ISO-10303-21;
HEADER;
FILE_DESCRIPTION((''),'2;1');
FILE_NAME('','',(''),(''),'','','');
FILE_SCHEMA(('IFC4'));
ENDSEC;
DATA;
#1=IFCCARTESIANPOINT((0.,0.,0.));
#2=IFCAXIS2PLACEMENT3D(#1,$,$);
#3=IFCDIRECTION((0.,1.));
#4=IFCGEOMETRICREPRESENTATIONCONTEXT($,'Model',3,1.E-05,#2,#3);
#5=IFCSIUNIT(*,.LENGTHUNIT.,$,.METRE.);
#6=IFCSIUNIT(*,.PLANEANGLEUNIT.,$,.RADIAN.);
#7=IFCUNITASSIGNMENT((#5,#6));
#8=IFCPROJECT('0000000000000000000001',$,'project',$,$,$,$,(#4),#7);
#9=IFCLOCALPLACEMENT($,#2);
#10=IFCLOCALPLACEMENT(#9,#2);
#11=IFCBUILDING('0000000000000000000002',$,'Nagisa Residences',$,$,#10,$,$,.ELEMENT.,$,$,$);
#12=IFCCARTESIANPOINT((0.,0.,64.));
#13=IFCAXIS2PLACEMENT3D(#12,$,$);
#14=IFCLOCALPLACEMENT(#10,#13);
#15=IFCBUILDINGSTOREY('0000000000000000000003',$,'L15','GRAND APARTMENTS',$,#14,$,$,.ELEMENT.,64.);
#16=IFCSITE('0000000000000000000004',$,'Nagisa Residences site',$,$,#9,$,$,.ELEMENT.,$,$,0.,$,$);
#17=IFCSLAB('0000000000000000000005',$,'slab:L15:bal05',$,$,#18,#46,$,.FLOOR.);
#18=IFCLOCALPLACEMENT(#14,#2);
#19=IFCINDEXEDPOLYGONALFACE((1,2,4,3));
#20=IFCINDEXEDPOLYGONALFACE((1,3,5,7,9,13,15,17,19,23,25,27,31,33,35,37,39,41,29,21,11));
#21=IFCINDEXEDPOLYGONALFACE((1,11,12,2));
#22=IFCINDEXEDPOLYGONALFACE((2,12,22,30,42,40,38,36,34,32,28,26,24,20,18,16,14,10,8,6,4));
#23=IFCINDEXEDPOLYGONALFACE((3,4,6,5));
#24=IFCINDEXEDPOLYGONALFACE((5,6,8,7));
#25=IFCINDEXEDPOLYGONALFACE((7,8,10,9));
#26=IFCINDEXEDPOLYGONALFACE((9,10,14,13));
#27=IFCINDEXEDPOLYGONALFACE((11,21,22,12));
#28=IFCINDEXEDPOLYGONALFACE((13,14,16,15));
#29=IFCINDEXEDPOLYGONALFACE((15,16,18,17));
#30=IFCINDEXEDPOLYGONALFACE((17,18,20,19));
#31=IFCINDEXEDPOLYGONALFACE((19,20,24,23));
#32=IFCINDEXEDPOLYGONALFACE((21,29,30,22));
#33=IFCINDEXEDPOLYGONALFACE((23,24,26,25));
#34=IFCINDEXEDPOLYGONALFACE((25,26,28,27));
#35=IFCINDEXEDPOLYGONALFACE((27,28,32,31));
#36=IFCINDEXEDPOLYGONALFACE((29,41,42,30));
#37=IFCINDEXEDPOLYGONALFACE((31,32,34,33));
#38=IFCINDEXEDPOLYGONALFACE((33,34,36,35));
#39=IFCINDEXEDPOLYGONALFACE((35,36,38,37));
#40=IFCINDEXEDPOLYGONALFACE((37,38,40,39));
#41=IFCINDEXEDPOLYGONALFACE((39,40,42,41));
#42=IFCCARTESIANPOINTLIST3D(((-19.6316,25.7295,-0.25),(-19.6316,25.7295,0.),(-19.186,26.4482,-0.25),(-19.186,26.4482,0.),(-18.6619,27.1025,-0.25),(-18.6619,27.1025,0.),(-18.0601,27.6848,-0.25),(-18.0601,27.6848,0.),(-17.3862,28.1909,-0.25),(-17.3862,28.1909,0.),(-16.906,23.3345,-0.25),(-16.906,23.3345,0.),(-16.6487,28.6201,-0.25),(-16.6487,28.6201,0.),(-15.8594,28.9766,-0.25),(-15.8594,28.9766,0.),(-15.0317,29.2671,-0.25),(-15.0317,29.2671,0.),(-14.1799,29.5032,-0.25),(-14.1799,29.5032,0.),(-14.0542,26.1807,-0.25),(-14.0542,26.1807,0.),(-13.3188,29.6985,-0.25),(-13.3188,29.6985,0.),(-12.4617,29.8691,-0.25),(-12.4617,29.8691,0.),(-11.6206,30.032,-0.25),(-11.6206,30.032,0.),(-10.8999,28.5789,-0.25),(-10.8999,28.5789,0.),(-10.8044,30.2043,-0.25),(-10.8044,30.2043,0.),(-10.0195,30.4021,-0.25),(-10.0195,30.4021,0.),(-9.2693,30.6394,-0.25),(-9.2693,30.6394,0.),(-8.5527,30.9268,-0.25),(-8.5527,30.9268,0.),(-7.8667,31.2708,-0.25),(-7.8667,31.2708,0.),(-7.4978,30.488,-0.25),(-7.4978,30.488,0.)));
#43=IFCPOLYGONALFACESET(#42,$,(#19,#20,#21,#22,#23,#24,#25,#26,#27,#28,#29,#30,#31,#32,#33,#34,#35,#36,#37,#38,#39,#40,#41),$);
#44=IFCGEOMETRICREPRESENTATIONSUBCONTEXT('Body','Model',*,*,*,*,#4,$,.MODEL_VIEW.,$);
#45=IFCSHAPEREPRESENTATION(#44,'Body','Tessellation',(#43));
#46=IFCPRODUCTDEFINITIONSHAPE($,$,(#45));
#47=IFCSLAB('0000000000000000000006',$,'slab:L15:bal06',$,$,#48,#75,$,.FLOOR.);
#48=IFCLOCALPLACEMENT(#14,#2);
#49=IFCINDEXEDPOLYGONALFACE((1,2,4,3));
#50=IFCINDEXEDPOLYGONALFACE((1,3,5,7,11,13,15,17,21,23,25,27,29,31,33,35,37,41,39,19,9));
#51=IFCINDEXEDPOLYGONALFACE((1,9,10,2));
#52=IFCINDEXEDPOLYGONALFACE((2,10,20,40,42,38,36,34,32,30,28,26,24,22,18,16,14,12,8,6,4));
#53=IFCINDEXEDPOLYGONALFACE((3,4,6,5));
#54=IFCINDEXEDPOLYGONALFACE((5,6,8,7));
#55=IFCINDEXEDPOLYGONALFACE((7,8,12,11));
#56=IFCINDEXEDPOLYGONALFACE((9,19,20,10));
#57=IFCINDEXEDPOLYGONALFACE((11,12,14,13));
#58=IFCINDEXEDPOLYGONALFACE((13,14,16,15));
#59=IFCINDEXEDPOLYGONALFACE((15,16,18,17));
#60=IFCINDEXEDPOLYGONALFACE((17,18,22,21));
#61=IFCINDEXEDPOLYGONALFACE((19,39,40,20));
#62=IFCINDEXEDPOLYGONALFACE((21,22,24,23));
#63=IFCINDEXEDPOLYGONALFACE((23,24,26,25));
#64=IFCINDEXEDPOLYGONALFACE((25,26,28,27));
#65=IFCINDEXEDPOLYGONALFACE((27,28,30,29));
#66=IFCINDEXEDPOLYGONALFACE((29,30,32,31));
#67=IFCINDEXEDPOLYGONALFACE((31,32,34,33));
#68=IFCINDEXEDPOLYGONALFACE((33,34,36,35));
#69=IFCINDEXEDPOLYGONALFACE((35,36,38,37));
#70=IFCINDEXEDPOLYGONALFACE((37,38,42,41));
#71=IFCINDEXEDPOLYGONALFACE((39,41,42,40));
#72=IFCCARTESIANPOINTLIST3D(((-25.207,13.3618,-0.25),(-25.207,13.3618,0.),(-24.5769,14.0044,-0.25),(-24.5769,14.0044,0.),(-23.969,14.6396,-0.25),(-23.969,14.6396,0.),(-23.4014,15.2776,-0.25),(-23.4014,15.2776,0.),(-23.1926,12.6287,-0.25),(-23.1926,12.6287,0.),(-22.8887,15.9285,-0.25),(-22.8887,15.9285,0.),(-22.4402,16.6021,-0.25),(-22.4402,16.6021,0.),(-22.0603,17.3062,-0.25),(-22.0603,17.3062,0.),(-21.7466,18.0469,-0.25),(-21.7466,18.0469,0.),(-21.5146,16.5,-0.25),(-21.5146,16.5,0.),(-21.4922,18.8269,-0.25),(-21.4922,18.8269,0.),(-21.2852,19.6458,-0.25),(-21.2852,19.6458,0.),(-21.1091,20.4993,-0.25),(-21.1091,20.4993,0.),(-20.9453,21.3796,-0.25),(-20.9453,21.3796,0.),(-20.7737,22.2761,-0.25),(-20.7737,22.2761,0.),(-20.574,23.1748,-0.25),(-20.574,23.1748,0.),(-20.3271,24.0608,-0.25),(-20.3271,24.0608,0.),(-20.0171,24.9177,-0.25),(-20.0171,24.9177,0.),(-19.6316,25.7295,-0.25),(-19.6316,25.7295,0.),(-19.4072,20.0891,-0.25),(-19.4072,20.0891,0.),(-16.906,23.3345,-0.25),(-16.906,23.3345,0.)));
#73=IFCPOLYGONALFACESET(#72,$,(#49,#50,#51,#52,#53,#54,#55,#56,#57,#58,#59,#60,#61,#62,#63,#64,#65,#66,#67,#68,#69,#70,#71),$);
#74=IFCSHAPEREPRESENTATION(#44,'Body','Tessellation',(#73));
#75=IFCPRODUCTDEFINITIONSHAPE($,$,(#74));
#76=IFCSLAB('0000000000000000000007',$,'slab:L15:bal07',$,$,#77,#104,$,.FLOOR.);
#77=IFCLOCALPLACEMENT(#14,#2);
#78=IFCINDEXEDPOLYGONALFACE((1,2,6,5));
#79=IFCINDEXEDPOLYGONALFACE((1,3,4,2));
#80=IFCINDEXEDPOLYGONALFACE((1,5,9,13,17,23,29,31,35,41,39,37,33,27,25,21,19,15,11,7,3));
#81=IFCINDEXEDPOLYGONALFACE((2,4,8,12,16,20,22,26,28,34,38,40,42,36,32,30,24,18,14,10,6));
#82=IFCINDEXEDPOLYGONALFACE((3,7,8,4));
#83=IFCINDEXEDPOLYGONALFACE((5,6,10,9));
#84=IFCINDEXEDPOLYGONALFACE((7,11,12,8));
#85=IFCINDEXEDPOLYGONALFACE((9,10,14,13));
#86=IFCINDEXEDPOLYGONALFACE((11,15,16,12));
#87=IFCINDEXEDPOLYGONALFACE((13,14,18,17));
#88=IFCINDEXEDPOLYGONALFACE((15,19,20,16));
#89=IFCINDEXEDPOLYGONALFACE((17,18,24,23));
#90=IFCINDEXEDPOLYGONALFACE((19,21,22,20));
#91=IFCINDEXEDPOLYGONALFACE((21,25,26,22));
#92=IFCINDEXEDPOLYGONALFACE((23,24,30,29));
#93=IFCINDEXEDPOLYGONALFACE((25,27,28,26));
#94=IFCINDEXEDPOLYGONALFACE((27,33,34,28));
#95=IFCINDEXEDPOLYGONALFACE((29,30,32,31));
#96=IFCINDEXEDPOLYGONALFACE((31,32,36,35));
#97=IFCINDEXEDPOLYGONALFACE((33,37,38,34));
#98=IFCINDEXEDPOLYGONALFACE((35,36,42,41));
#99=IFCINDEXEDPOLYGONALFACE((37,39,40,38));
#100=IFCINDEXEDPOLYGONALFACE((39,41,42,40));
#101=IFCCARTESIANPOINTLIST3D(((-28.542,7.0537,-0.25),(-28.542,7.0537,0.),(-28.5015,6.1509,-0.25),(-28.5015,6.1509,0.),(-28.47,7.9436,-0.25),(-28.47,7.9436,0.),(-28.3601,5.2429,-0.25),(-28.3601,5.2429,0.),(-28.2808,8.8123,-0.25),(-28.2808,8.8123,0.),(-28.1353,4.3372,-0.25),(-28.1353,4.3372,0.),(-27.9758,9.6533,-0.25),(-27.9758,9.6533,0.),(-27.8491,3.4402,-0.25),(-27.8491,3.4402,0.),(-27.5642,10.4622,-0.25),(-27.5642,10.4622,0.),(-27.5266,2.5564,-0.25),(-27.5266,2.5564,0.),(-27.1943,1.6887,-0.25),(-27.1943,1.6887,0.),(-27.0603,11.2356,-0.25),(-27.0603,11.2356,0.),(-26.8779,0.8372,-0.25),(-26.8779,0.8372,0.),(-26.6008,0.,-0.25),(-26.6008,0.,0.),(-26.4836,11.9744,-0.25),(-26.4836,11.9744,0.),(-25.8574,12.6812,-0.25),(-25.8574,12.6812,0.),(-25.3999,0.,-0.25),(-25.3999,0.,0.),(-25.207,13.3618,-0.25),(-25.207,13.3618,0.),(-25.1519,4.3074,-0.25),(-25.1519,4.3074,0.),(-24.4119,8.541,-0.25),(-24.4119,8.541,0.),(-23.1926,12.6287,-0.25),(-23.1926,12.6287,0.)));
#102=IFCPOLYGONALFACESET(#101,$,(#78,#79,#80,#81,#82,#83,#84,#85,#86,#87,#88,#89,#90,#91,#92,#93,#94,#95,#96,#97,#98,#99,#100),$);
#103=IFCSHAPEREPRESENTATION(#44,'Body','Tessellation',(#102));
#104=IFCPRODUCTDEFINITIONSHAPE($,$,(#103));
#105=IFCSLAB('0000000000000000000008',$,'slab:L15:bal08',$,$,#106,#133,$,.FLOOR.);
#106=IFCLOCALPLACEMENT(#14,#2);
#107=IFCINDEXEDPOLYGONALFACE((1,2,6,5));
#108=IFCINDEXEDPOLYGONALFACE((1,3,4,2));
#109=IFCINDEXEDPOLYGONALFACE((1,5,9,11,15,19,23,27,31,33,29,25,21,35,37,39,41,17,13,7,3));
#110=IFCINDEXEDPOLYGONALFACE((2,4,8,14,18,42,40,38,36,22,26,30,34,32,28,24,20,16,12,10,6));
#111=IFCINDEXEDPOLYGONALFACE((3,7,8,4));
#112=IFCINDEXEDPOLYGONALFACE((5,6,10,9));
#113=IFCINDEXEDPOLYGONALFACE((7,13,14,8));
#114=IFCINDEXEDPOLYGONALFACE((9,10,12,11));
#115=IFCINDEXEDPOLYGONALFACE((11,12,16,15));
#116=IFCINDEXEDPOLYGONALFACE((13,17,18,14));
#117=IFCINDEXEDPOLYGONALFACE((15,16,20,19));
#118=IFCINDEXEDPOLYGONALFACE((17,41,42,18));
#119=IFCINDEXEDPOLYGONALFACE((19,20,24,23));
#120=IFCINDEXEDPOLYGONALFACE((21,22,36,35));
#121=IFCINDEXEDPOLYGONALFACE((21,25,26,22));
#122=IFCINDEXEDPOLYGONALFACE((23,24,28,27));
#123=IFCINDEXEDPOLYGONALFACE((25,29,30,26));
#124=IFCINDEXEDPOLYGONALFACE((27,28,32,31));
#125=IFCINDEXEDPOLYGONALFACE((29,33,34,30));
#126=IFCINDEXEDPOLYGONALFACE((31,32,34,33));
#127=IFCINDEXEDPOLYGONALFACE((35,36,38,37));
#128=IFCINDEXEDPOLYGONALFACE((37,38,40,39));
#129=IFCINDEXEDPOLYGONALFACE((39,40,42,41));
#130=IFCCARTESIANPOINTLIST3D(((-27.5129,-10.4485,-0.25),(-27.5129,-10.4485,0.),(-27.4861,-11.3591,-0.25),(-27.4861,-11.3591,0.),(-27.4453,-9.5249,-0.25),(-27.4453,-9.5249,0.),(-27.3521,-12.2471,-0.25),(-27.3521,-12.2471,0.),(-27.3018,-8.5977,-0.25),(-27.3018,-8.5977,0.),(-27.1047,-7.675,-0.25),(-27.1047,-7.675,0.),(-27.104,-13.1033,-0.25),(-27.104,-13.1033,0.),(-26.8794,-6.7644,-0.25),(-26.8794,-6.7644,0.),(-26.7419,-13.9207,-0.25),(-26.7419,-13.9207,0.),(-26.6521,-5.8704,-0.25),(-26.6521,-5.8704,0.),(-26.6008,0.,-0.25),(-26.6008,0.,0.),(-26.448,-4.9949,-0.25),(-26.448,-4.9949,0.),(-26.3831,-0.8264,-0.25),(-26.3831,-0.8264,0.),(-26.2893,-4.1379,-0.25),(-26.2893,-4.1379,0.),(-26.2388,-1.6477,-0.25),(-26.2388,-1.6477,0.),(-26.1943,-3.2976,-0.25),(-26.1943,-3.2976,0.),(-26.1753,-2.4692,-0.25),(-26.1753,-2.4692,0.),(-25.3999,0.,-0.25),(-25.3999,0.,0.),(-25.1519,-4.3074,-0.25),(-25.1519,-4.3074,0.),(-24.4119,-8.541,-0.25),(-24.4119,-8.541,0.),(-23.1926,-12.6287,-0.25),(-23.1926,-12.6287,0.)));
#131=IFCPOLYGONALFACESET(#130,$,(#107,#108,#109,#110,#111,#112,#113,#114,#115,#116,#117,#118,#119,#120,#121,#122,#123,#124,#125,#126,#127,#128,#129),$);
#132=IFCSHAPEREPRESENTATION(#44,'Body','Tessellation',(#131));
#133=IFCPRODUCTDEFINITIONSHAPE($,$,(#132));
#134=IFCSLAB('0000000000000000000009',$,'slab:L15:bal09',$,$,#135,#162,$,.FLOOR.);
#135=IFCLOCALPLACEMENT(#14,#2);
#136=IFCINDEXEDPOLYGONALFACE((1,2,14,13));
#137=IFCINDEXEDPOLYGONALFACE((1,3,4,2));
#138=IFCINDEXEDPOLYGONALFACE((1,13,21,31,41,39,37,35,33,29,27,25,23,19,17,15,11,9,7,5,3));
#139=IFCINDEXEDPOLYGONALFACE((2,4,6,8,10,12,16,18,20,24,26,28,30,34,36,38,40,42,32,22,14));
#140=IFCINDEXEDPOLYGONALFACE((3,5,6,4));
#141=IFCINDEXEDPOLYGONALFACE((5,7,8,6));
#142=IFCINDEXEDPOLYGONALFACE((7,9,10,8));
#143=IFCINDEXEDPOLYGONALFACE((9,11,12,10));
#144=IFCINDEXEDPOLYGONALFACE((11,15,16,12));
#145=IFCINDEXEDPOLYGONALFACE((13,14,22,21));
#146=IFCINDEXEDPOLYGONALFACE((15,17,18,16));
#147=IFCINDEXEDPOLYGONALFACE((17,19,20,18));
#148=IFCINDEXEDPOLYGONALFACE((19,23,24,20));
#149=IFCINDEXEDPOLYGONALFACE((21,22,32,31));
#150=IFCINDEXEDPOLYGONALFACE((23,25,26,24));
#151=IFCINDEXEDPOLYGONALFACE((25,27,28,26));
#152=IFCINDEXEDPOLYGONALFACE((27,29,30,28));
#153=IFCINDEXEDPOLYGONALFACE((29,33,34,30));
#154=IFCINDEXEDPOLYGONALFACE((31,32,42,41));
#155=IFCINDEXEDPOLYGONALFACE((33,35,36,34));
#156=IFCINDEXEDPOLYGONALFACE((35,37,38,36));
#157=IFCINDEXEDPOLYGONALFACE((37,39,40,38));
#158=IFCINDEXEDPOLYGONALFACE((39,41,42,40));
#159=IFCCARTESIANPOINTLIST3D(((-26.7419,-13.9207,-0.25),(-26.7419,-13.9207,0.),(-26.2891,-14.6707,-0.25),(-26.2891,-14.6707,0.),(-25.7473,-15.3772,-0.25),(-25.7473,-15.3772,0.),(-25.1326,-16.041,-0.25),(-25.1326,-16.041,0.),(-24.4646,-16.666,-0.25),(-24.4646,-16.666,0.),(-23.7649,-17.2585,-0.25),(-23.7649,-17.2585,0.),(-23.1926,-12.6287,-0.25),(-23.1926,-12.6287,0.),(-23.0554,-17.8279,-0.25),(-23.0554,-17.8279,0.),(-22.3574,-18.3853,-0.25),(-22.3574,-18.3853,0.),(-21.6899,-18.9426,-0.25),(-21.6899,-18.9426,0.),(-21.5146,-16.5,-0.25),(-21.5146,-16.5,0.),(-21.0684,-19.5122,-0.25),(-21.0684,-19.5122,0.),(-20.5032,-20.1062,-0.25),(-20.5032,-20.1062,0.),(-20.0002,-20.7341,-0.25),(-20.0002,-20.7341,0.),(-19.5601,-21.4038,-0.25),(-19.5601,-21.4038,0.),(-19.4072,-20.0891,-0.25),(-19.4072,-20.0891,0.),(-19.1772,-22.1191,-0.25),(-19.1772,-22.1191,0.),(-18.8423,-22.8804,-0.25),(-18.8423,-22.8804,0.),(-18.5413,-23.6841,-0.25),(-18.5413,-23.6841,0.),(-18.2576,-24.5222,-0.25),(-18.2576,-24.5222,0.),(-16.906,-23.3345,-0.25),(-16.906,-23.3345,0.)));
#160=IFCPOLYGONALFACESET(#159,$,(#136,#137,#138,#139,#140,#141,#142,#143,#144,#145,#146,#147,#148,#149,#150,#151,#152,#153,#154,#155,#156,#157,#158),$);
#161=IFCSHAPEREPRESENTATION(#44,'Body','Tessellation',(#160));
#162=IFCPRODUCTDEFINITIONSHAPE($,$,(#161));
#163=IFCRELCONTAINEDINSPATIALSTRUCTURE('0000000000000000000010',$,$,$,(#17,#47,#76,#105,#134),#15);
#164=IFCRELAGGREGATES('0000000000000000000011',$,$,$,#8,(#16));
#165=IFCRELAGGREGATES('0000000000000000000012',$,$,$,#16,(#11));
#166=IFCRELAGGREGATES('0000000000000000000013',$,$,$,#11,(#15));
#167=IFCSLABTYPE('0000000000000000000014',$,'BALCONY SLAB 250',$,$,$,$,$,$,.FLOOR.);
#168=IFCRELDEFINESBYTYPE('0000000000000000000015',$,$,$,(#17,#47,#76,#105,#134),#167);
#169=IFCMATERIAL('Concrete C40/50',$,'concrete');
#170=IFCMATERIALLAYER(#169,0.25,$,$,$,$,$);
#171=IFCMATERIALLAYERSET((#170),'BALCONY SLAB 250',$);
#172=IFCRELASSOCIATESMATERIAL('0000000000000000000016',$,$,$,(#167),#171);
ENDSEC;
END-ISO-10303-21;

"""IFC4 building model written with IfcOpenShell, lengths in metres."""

from ifc_helpers import new_model, si_unit, direction, frame, origin, place, context, subcontext, project, spatial, polyline, outline, extrude, material, layer, layer_set, type_object, element, save


model = new_model("IFC4")

# Units and contexts
model_context = context("Model", 3, precision=1e-05, world=origin(), true_north=direction((0.0, 1.0)))
body_context = subcontext(model_context, "Body", "Model", "MODEL_VIEW")
ifc_project = project(units=[si_unit("LENGTHUNIT", "METRE"), si_unit("PLANEANGLEUNIT", "RADIAN")], contexts=[model_context])

# Site, building, storey
site_placement = place(None, origin())
site = spatial("IfcSite", under=ifc_project, at=site_placement, Name="Nagisa Residences site", CompositionType="ELEMENT", RefElevation=0.0)
building_placement = place(site_placement, origin())
building = spatial("IfcBuilding", under=site, at=building_placement, Name="Nagisa Residences", CompositionType="ELEMENT")
storey_placement = place(building_placement, frame((0.0, 0.0, 64.0)))
storey = spatial("IfcBuildingStorey", under=building, at=storey_placement, Name="L15", Description="GRAND APARTMENTS", CompositionType="ELEMENT", Elevation=64.0)

# Slabs
ifc_material_1 = material(Name="Concrete C40/50", Category="concrete")
ifc_layer_1 = layer(ifc_material_1, 0.25)
ifc_layer_set_1 = layer_set([ifc_layer_1], Name="BALCONY SLAB 250")
slab_type_1 = type_object("IfcSlabType", Name="BALCONY SLAB 250", PredefinedType="FLOOR", material=ifc_layer_set_1)
slab_1_placement = place(storey_placement, frame((0.0, 0.0, -0.25)))
element("IfcSlab", 1, at=slab_1_placement, inside=storey, type_object=slab_type_1, Name="slab:L15:bal05", PredefinedType="FLOOR", context=body_context, shape_type="SweptSolid", body=[
    extrude(outline(polyline([(-7.8667, 31.2708), (-8.5527, 30.9268), (-9.2693, 30.6394), (-10.0195, 30.4021), (-10.8044, 30.2043), (-11.6206, 30.032), (-12.4617, 29.8691), (-13.3188, 29.6985), (-14.1799, 29.5032), (-15.0317, 29.2671), (-15.8594, 28.9766), (-16.6487, 28.6201), (-17.3862, 28.1909), (-18.0601, 27.6848), (-18.6619, 27.1025), (-19.186, 26.4482), (-19.6316, 25.7295), (-16.906, 23.3345), (-14.0542, 26.1807), (-10.8999, 28.5789), (-7.4978, 30.488), (-7.8667, 31.2708)])), origin(), (0.0, 0.0, 1.0), 0.25),
])
slab_2_placement = place(storey_placement, frame((0.0, 0.0, -0.25)))
element("IfcSlab", 2, at=slab_2_placement, inside=storey, type_object=slab_type_1, Name="slab:L15:bal06", PredefinedType="FLOOR", context=body_context, shape_type="SweptSolid", body=[
    extrude(outline(polyline([(-19.6316, 25.7295), (-20.0171, 24.9177), (-20.3271, 24.0608), (-20.574, 23.1748), (-20.7737, 22.2761), (-20.9453, 21.3796), (-21.1091, 20.4993), (-21.2852, 19.6458), (-21.4922, 18.8269), (-21.7466, 18.0469), (-22.0603, 17.3062), (-22.4402, 16.6021), (-22.8887, 15.9285), (-23.4014, 15.2776), (-23.969, 14.6396), (-24.5769, 14.0044), (-25.207, 13.3618), (-23.1926, 12.6287), (-21.5146, 16.5), (-19.4072, 20.0891), (-16.906, 23.3345), (-19.6316, 25.7295)])), origin(), (0.0, 0.0, 1.0), 0.25),
])
slab_3_placement = place(storey_placement, frame((0.0, 0.0, -0.25)))
element("IfcSlab", 3, at=slab_3_placement, inside=storey, type_object=slab_type_1, Name="slab:L15:bal07", PredefinedType="FLOOR", context=body_context, shape_type="SweptSolid", body=[
    extrude(outline(polyline([(-25.207, 13.3618), (-25.8574, 12.6812), (-26.4836, 11.9744), (-27.0603, 11.2356), (-27.5642, 10.4622), (-27.9758, 9.6533), (-28.2808, 8.8123), (-28.47, 7.9436), (-28.542, 7.0537), (-28.5015, 6.1509), (-28.3601, 5.2429), (-28.1353, 4.3372), (-27.8491, 3.4402), (-27.5266, 2.5564), (-27.1943, 1.6887), (-26.8779, 0.8372), (-26.6008, 0.0), (-25.3999, 0.0), (-25.1519, 4.3074), (-24.4119, 8.541), (-23.1926, 12.6287), (-25.207, 13.3618)])), origin(), (0.0, 0.0, 1.0), 0.25),
])
slab_4_placement = place(storey_placement, frame((0.0, 0.0, -0.25)))
element("IfcSlab", 4, at=slab_4_placement, inside=storey, type_object=slab_type_1, Name="slab:L15:bal08", PredefinedType="FLOOR", context=body_context, shape_type="SweptSolid", body=[
    extrude(outline(polyline([(-26.6008, 0.0), (-26.3831, -0.8264), (-26.2388, -1.6477), (-26.1753, -2.4692), (-26.1943, -3.2976), (-26.2893, -4.1379), (-26.448, -4.9949), (-26.6521, -5.8704), (-26.8794, -6.7644), (-27.1047, -7.675), (-27.3018, -8.5977), (-27.4453, -9.5249), (-27.5129, -10.4485), (-27.4861, -11.3591), (-27.3521, -12.2471), (-27.104, -13.1033), (-26.7419, -13.9207), (-23.1926, -12.6287), (-24.4119, -8.541), (-25.1519, -4.3074), (-25.3999, 0.0), (-26.6008, 0.0)])), origin(), (0.0, 0.0, 1.0), 0.25),
])
slab_5_placement = place(storey_placement, frame((0.0, 0.0, -0.25)))
element("IfcSlab", 5, at=slab_5_placement, inside=storey, type_object=slab_type_1, Name="slab:L15:bal09", PredefinedType="FLOOR", context=body_context, shape_type="SweptSolid", body=[
    extrude(outline(polyline([(-26.7419, -13.9207), (-26.2891, -14.6707), (-25.7473, -15.3772), (-25.1326, -16.041), (-24.4646, -16.666), (-23.7649, -17.2585), (-23.0554, -17.8279), (-22.3574, -18.3853), (-21.6899, -18.9426), (-21.0684, -19.5122), (-20.5032, -20.1062), (-20.0002, -20.7341), (-19.5601, -21.4038), (-19.1772, -22.1191), (-18.8423, -22.8804), (-18.5413, -23.6841), (-18.2576, -24.5222), (-16.906, -23.3345), (-19.4072, -20.0891), (-21.5146, -16.5), (-23.1926, -12.6287), (-26.7419, -13.9207)])), origin(), (0.0, 0.0, 1.0), 0.25),
])

save(model, "model.ifc")
